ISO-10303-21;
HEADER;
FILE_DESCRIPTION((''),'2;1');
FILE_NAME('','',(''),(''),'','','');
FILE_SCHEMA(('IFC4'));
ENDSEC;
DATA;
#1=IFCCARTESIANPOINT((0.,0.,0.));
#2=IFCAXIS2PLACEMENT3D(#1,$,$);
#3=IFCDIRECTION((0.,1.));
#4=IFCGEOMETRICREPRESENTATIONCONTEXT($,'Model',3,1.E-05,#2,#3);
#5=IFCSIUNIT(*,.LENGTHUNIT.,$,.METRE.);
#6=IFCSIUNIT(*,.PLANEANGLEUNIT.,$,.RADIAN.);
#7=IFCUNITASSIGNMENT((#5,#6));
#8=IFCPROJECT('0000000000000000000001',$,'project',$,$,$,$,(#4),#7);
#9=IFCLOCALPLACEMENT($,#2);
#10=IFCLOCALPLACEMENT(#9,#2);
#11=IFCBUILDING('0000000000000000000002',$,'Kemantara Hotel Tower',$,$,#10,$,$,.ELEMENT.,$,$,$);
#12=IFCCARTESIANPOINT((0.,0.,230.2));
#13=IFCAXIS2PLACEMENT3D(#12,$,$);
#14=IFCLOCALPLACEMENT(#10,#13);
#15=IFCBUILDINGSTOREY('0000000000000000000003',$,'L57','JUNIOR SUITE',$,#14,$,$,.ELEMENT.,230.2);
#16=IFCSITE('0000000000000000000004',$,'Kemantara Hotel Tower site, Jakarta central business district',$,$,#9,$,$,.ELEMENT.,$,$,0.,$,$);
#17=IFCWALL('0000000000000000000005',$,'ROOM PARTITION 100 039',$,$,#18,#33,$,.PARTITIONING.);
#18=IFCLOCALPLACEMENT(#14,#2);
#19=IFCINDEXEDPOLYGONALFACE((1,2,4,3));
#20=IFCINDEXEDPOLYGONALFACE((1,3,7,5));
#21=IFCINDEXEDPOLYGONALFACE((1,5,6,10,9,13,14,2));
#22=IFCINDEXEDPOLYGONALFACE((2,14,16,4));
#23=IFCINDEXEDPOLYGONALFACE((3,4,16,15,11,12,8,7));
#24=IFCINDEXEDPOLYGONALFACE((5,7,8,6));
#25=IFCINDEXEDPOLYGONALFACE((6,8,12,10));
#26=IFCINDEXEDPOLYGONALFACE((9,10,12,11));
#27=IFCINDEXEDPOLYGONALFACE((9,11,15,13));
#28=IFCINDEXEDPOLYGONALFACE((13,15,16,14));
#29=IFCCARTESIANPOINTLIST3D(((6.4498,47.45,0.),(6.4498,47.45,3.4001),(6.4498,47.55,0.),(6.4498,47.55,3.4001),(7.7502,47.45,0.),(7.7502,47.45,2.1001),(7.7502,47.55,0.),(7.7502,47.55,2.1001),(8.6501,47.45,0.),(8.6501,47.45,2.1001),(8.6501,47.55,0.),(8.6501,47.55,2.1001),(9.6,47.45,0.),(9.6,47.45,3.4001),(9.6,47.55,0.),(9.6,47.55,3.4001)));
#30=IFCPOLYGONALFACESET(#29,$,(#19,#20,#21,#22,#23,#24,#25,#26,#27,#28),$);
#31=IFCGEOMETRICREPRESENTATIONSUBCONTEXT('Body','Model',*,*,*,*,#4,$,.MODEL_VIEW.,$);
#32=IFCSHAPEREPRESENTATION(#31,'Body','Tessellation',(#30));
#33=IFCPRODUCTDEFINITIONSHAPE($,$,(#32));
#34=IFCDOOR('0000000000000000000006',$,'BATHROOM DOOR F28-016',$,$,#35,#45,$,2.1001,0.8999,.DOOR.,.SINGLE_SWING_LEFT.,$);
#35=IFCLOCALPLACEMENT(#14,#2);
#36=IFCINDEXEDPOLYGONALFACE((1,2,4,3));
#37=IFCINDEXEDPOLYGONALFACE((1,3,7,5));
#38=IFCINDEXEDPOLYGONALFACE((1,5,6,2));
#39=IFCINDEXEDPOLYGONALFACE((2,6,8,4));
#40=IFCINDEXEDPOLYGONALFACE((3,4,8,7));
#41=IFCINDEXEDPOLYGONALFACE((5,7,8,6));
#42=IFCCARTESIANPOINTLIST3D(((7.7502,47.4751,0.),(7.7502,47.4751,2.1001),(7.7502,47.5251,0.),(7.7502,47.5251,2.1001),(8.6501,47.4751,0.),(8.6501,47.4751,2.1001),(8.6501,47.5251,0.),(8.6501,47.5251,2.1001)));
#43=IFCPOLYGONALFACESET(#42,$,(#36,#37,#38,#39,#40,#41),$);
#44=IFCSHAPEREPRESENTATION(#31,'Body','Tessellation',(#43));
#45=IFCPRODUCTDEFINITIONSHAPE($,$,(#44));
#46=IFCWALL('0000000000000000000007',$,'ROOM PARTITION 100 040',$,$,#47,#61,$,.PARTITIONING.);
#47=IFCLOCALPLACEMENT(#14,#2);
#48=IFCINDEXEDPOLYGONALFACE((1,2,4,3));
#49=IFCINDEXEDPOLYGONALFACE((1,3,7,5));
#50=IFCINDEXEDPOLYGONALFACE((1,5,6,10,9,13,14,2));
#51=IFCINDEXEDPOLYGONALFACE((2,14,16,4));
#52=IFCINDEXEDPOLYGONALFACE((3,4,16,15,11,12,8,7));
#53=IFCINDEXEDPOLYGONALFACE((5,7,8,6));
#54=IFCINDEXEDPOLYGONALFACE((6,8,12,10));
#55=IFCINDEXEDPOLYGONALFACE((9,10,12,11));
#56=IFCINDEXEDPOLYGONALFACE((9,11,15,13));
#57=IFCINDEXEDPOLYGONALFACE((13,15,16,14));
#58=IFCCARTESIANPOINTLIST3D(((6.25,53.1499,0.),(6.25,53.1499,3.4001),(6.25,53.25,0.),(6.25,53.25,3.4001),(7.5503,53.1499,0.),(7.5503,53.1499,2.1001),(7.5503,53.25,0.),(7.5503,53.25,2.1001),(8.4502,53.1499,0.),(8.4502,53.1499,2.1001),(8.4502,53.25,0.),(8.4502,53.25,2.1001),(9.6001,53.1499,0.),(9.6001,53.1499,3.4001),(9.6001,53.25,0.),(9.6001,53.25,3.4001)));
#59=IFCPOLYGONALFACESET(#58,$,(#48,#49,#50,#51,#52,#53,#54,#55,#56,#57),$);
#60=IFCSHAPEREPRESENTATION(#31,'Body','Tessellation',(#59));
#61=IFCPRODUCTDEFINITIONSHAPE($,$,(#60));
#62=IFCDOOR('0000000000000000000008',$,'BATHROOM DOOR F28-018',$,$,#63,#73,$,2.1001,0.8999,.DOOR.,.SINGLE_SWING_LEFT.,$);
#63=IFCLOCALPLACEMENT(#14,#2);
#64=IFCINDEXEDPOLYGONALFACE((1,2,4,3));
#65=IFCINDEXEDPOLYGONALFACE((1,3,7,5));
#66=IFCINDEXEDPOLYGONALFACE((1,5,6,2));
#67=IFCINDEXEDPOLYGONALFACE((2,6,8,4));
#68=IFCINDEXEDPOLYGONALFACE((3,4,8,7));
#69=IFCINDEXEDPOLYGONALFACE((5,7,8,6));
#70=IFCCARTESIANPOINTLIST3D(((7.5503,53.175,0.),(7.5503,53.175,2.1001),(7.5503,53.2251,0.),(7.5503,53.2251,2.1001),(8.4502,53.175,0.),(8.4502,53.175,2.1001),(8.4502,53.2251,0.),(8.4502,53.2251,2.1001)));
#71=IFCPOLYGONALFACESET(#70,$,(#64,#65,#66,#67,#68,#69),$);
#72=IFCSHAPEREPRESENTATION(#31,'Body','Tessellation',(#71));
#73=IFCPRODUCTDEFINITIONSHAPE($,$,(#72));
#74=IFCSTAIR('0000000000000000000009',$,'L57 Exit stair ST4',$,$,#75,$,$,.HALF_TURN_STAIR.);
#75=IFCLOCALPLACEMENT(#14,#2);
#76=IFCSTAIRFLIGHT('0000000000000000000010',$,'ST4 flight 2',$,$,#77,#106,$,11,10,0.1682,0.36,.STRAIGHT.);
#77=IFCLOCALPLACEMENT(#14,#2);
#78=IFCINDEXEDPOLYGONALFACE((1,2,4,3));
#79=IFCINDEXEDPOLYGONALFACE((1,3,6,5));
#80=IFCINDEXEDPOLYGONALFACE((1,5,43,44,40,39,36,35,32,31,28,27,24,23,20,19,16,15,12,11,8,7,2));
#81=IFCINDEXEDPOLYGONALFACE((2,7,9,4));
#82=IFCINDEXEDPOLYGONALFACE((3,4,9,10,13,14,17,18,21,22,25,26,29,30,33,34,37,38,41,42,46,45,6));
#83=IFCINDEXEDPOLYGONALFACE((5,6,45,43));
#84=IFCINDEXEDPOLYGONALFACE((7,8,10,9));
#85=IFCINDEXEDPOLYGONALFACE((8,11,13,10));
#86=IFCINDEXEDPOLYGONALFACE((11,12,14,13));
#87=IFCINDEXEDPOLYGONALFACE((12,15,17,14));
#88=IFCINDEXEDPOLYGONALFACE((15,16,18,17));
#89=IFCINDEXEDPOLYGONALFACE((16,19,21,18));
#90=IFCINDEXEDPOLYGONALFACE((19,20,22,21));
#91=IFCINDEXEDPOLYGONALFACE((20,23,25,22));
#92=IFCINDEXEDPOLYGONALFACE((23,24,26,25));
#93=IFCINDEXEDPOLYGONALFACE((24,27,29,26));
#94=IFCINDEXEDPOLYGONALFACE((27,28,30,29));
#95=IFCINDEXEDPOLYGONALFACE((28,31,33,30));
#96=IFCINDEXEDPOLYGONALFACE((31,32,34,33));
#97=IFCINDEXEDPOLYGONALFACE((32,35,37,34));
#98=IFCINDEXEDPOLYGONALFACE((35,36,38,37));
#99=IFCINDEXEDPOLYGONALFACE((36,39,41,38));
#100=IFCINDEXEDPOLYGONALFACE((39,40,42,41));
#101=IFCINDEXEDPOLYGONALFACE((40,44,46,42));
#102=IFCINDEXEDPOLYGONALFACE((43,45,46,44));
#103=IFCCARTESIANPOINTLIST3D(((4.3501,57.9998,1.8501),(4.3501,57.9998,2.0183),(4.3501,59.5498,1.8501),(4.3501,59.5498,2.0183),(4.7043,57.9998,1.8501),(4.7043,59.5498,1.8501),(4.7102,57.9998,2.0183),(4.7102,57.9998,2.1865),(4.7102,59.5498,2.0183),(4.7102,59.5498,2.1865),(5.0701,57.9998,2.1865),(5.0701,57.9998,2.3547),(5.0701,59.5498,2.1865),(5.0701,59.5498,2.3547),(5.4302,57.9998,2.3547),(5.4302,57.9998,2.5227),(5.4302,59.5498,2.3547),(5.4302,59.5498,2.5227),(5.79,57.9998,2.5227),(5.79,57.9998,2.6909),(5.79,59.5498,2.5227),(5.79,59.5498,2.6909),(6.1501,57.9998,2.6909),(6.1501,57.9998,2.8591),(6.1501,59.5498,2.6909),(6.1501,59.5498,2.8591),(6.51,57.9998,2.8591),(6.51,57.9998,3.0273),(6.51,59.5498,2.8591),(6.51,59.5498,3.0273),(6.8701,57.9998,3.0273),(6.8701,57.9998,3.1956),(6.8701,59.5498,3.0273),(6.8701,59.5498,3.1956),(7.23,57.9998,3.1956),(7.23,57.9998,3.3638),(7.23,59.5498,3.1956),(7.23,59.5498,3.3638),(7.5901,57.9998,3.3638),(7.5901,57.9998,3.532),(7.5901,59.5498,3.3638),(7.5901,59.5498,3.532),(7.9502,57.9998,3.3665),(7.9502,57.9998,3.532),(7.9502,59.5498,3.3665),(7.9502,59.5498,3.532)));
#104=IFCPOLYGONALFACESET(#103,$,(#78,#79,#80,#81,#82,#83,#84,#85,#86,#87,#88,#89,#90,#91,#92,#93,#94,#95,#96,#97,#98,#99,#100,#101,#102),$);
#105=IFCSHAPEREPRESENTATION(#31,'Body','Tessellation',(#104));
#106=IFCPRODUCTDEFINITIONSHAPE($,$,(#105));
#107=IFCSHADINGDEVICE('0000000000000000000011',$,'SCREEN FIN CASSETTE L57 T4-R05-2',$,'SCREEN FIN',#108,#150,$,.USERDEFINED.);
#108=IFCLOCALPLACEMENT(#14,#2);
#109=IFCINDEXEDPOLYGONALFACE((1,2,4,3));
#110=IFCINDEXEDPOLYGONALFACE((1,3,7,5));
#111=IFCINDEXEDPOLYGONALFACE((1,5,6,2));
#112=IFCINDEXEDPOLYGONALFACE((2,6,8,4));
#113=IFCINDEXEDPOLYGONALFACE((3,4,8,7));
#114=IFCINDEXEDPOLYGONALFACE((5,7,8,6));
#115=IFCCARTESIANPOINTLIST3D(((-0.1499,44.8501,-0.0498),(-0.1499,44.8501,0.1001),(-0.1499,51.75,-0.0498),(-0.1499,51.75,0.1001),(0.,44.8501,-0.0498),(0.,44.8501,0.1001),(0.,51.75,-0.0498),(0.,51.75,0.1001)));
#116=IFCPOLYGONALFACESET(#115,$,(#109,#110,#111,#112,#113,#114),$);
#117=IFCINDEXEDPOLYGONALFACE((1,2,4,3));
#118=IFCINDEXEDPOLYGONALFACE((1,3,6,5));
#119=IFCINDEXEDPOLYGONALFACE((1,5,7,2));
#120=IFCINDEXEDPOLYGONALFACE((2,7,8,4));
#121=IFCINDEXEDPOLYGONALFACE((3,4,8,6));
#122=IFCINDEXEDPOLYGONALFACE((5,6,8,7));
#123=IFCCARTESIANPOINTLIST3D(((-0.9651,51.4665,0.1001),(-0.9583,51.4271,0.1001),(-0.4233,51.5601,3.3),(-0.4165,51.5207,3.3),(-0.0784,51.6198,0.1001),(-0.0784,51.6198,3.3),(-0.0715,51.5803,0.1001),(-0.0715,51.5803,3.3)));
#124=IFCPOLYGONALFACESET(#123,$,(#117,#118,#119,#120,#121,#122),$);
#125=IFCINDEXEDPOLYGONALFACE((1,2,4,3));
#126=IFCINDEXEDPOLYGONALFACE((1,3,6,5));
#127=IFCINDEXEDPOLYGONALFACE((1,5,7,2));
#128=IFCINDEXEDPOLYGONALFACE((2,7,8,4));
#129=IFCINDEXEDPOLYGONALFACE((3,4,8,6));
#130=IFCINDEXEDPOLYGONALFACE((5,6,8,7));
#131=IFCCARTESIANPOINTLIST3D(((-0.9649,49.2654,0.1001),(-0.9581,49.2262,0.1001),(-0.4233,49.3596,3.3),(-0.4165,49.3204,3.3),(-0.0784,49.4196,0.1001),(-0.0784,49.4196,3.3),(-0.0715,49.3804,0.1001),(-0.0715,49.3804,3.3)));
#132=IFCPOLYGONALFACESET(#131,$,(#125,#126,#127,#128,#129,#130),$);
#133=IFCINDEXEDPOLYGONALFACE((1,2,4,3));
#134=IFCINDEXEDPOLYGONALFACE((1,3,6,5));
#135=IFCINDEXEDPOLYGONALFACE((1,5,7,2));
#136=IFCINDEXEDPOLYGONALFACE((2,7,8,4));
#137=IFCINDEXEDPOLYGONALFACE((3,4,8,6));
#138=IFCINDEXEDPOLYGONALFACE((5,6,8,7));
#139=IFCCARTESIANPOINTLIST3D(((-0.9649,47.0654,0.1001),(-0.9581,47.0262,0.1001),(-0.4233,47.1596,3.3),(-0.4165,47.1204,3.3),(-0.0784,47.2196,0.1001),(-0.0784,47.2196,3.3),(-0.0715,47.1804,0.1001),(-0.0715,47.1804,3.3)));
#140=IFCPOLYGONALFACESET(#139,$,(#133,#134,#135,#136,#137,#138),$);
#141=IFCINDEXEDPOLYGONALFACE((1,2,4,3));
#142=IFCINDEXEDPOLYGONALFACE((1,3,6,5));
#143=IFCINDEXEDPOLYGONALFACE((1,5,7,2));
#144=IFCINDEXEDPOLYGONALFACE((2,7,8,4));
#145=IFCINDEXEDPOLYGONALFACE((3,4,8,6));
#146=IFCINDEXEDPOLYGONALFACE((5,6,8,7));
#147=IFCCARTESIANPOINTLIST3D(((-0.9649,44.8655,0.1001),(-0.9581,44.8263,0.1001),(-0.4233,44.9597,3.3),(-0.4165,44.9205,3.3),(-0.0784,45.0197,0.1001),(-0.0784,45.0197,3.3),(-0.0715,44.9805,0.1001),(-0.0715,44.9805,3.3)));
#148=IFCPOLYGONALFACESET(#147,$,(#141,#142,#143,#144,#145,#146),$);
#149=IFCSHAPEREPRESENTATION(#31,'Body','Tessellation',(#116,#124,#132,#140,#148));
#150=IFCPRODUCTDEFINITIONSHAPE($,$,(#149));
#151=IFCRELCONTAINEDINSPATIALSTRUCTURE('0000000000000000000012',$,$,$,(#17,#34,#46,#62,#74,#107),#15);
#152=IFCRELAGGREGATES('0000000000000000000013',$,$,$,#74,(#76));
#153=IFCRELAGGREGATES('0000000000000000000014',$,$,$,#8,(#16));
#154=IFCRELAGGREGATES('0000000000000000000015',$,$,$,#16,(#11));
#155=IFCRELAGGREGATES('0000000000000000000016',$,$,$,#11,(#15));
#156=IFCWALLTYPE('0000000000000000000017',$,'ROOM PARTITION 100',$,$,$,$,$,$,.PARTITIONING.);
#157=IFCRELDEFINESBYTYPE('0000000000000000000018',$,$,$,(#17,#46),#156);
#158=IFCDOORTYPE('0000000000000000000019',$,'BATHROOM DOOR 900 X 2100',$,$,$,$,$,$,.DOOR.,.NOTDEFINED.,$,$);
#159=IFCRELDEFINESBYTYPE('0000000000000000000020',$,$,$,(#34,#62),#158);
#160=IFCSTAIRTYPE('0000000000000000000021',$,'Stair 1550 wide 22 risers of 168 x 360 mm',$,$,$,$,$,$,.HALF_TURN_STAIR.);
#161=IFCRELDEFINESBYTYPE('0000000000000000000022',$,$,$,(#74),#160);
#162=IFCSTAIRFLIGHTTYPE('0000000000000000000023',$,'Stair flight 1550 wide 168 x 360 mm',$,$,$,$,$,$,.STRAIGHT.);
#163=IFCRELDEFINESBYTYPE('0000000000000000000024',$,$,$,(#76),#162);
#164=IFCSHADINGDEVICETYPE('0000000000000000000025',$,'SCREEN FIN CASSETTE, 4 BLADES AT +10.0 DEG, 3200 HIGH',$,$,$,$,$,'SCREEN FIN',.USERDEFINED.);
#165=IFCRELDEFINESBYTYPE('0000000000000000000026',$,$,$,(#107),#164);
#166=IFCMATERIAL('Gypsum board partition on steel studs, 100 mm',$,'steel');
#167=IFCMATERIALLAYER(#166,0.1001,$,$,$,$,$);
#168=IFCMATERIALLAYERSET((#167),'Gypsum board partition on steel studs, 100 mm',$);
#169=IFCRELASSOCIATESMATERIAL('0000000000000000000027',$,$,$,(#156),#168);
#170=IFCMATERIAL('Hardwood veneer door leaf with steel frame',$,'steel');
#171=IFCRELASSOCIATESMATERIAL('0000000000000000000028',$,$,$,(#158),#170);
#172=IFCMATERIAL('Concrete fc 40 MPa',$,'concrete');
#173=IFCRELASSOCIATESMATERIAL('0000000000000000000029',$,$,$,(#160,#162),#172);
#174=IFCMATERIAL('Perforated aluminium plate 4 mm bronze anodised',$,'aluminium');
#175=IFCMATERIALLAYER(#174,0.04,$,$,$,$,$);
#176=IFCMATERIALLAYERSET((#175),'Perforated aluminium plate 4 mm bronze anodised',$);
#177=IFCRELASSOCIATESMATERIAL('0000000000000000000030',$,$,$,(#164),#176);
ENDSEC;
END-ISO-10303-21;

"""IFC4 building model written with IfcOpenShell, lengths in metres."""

from ifc_helpers import new_model, si_unit, direction, frame, frame_2d, origin, origin_2d, place, context, subcontext, project, spatial, polyline, rectangle, outline, extrude, source, transform, mapped, material, layer, layer_set, type_object, element, fill, aggregate, save


model = new_model("IFC4")

# Units and contexts
model_context = context("Model", 3, precision=1e-05, world=origin(), true_north=direction((0.0, 1.0)))
body_context = subcontext(model_context, "Body", "Model", "MODEL_VIEW")
ifc_project = project(units=[si_unit("LENGTHUNIT", "METRE"), si_unit("PLANEANGLEUNIT", "RADIAN")], contexts=[model_context])

# Site, building, storey
site_placement = place(None, origin())
site = spatial("IfcSite", under=ifc_project, at=site_placement, Name="Kemantara Hotel Tower site, Jakarta central business district", CompositionType="ELEMENT", RefElevation=0.0)
building_placement = place(site_placement, origin())
building = spatial("IfcBuilding", under=site, at=building_placement, Name="Kemantara Hotel Tower", CompositionType="ELEMENT")
storey_placement = place(building_placement, frame((0.0, 0.0, 230.2)))
storey = spatial("IfcBuildingStorey", under=building, at=storey_placement, Name="L57", Description="JUNIOR SUITE", CompositionType="ELEMENT", Elevation=230.2)

# Shared definitions
ifc_material_1 = material(Name="Hardwood veneer door leaf with steel frame", Category="steel")
ifc_material_2 = material(Name="Concrete fc 40 MPa", Category="concrete")

# Shared definitions
ifc_material_3 = material(Name="Gypsum board partition on steel studs, 100 mm", Category="steel")
ifc_layer_1 = layer(ifc_material_3, 0.1001)
ifc_layer_set_1 = layer_set([ifc_layer_1], Name="Gypsum board partition on steel studs, 100 mm")
wall_type_1 = type_object("IfcWallType", Name="ROOM PARTITION 100", PredefinedType="PARTITIONING", material=ifc_layer_set_1)

# Walls, openings, doors
wall_1_placement = place(storey_placement, frame((9.6001, 47.5, 0.0), z_axis=(0.0, 0.0, 1.0), x_axis=(-1.0, 0.0, 0.0)))
wall_1 = element("IfcWall", 1, at=wall_1_placement, inside=storey, type_object=wall_type_1, Name="ROOM PARTITION 100 039", PredefinedType="PARTITIONING", context=body_context, shape_type="SweptSolid", body=[
    extrude(rectangle(XDim=3.1501, YDim=0.1001, at=frame_2d((1.5752, 0.0))), origin(), (0.0, 0.0, 1.0), 3.4001),
])
opening_1_placement = place(wall_1_placement, frame((0.95, 0.0, 0.0)))
opening_1 = element("IfcOpeningElement", 2, at=opening_1_placement, cuts=wall_1, PredefinedType="OPENING", context=body_context, shape_type="SweptSolid", body=[
    extrude(rectangle(XDim=0.8999, YDim=2.1001, at=frame_2d((0.45, 1.05))), frame((0.0, 0.0601, 0.0), z_axis=(0.0, -1.0, 0.0), x_axis=(1.0, 0.0, 0.0)), (0.0, 0.0, 1.0), 0.1201),
])
door_type_1 = type_object("IfcDoorType", Name="BATHROOM DOOR 900 X 2100", OperationType="NOTDEFINED", PredefinedType="DOOR", material=ifc_material_1)
door_1_placement = place(opening_1_placement, origin())
door_1 = element("IfcDoor", 3, at=door_1_placement, inside=storey, type_object=door_type_1, Name="BATHROOM DOOR F28-016", OperationType="SINGLE_SWING_LEFT", OverallHeight=2.1001, OverallWidth=0.8999, PredefinedType="DOOR", context=body_context, shape_type="SweptSolid", body=[
    extrude(rectangle(XDim=0.8999, YDim=2.1001, at=frame_2d((0.45, 1.05))), frame((0.0, 0.0249, 0.0), z_axis=(0.0, -1.0, 0.0), x_axis=(1.0, 0.0, 0.0)), (0.0, 0.0, 1.0), 0.05),
])
fill(opening_1, door_1)
wall_2_placement = place(storey_placement, frame((9.6001, 53.2, 0.0), z_axis=(0.0, 0.0, 1.0), x_axis=(-1.0, 0.0, 0.0)))
wall_2 = element("IfcWall", 4, at=wall_2_placement, inside=storey, type_object=wall_type_1, Name="ROOM PARTITION 100 040", PredefinedType="PARTITIONING", context=body_context, shape_type="SweptSolid", body=[
    extrude(rectangle(XDim=3.3501, YDim=0.1001, at=frame_2d((1.675, 0.0))), origin(), (0.0, 0.0, 1.0), 3.4001),
])
opening_2_placement = place(wall_2_placement, frame((1.1499, 0.0, 0.0)))
opening_2 = element("IfcOpeningElement", 5, at=opening_2_placement, cuts=wall_2, PredefinedType="OPENING", context=body_context, shape_type="SweptSolid", body=[
    extrude(rectangle(XDim=0.8999, YDim=2.1001, at=frame_2d((0.45, 1.05))), frame((0.0, 0.0601, 0.0), z_axis=(0.0, -1.0, 0.0), x_axis=(1.0, 0.0, 0.0)), (0.0, 0.0, 1.0), 0.1201),
])
door_2_placement = place(opening_2_placement, origin())
door_2 = element("IfcDoor", 6, at=door_2_placement, inside=storey, type_object=door_type_1, Name="BATHROOM DOOR F28-018", OperationType="SINGLE_SWING_LEFT", OverallHeight=2.1001, OverallWidth=0.8999, PredefinedType="DOOR", context=body_context, shape_type="SweptSolid", body=[
    extrude(rectangle(XDim=0.8999, YDim=2.1001, at=frame_2d((0.45, 1.05))), frame((0.0, 0.0249, 0.0), z_axis=(0.0, -1.0, 0.0), x_axis=(1.0, 0.0, 0.0)), (0.0, 0.0, 1.0), 0.05),
])
fill(opening_2, door_2)

# Stair, stair flight
stair_type = type_object("IfcStairType", Name="Stair 1550 wide 22 risers of 168 x 360 mm", PredefinedType="HALF_TURN_STAIR", material=ifc_material_2)
stair_placement = place(storey_placement, origin())
stair = element("IfcStair", 7, at=stair_placement, inside=storey, type_object=stair_type, Name="L57 Exit stair ST4", PredefinedType="HALF_TURN_STAIR")
stair_flight_type = type_object("IfcStairFlightType", Name="Stair flight 1550 wide 168 x 360 mm", PredefinedType="STRAIGHT", material=ifc_material_2)
stair_flight_placement = place(storey_placement, frame((4.3501, 58.7749, 1.8501), z_axis=(0.0, 0.0, 1.0), x_axis=(1.0, 0.0, 0.0)))
stair_flight = element("IfcStairFlight", 8, at=stair_flight_placement, type_object=stair_flight_type, Name="ST4 flight 2", NumberOfRisers=11, NumberOfTreads=10, PredefinedType="STRAIGHT", RiserHeight=0.1682, TreadLength=0.36, context=body_context, shape_type="SweptSolid", body=[
    extrude(outline(polyline([(0.0, 0.0), (0.0, 0.1682), (0.3601, 0.1682), (0.3601, 0.3364), (0.72, 0.3364), (0.72, 0.5046), (1.0801, 0.5046), (1.0801, 0.6726), (1.4399, 0.6726), (1.4399, 0.8408), (1.8, 0.8408), (1.8, 1.009), (2.1599, 1.009), (2.1599, 1.1772), (2.52, 1.1772), (2.52, 1.3455), (2.8799, 1.3455), (2.8799, 1.5137), (3.24, 1.5137), (3.24, 1.6819), (3.6001, 1.6819), (3.6001, 1.8501), (3.6001, 1.5164), (0.3542, 0.0), (0.0, 0.0)])), frame((0.0, 0.7749, 0.0), z_axis=(0.0, -1.0, 0.0), x_axis=(1.0, 0.0, 0.0)), (0.0, 0.0, 1.0), 1.55),
])
aggregate(stair, [stair_flight])

# Shading device
ifc_material_4 = material(Name="Perforated aluminium plate 4 mm bronze anodised", Category="aluminium")
ifc_layer_2 = layer(ifc_material_4, 0.04)
ifc_layer_set_2 = layer_set([ifc_layer_2], Name="Perforated aluminium plate 4 mm bronze anodised")
shading_device_type_1 = type_object("IfcShadingDeviceType", Name="SCREEN FIN CASSETTE, 4 BLADES AT +10.0 DEG, 3200 HIGH", ElementType="SCREEN FIN", PredefinedType="USERDEFINED", material=ifc_layer_set_2)
shared_shape_1 = source(origin(), body_context, "Body", "SweptSolid", [
    extrude(rectangle(XDim=6.8999, YDim=0.1499, at=origin_2d()), frame((3.3, -0.075, -0.1499), z_axis=(0.0, 0.0, 1.0), x_axis=(1.0, 0.0, 0.0)), (0.0, 0.0, 1.0), 0.1499),
    extrude(outline(polyline([(0.0, 0.0), (0.8999, 0.0), (0.3501, 3.2), (0.0, 3.2), (0.0, 0.0)])), frame((0.0198, -0.0715, 0.0), z_axis=(-0.98539, -0.170314, 0.0), x_axis=(0.170314, -0.98539, 0.0)), (0.0, 0.0, 1.0), 0.04),
    extrude(outline(polyline([(0.0, 0.0), (0.8999, 0.0), (0.3501, 3.2), (0.0, 3.2), (0.0, 0.0)])), frame((2.2197, -0.0715, 0.0), z_axis=(-0.985212, -0.171341, 0.0), x_axis=(0.171341, -0.985212, 0.0)), (0.0, 0.0, 1.0), 0.0398),
    extrude(outline(polyline([(0.0, 0.0), (0.8999, 0.0), (0.3501, 3.2), (0.0, 3.2), (0.0, 0.0)])), frame((4.4197, -0.0715, 0.0), z_axis=(-0.985212, -0.171341, 0.0), x_axis=(0.171341, -0.985212, 0.0)), (0.0, 0.0, 1.0), 0.0398),
    extrude(outline(polyline([(0.0, 0.0), (0.8999, 0.0), (0.3501, 3.2), (0.0, 3.2), (0.0, 0.0)])), frame((6.6196, -0.0715, 0.0), z_axis=(-0.985212, -0.171341, 0.0), x_axis=(0.171341, -0.985212, 0.0)), (0.0, 0.0, 1.0), 0.0398),
])
shading_device_1_placement = place(storey_placement, frame((0.0, 51.6001, 0.1001), z_axis=(0.0, 0.0, 1.0), x_axis=(0.0, -1.0, 0.0)))
element("IfcShadingDevice", 9, at=shading_device_1_placement, inside=storey, type_object=shading_device_type_1, Name="SCREEN FIN CASSETTE L57 T4-R05-2", ObjectType="SCREEN FIN", PredefinedType="USERDEFINED", context=body_context, shape_type="MappedRepresentation", body=[
    mapped(shared_shape_1, transform((0.0, 0.0, 0.0))),
])

save(model, "model.ifc")
